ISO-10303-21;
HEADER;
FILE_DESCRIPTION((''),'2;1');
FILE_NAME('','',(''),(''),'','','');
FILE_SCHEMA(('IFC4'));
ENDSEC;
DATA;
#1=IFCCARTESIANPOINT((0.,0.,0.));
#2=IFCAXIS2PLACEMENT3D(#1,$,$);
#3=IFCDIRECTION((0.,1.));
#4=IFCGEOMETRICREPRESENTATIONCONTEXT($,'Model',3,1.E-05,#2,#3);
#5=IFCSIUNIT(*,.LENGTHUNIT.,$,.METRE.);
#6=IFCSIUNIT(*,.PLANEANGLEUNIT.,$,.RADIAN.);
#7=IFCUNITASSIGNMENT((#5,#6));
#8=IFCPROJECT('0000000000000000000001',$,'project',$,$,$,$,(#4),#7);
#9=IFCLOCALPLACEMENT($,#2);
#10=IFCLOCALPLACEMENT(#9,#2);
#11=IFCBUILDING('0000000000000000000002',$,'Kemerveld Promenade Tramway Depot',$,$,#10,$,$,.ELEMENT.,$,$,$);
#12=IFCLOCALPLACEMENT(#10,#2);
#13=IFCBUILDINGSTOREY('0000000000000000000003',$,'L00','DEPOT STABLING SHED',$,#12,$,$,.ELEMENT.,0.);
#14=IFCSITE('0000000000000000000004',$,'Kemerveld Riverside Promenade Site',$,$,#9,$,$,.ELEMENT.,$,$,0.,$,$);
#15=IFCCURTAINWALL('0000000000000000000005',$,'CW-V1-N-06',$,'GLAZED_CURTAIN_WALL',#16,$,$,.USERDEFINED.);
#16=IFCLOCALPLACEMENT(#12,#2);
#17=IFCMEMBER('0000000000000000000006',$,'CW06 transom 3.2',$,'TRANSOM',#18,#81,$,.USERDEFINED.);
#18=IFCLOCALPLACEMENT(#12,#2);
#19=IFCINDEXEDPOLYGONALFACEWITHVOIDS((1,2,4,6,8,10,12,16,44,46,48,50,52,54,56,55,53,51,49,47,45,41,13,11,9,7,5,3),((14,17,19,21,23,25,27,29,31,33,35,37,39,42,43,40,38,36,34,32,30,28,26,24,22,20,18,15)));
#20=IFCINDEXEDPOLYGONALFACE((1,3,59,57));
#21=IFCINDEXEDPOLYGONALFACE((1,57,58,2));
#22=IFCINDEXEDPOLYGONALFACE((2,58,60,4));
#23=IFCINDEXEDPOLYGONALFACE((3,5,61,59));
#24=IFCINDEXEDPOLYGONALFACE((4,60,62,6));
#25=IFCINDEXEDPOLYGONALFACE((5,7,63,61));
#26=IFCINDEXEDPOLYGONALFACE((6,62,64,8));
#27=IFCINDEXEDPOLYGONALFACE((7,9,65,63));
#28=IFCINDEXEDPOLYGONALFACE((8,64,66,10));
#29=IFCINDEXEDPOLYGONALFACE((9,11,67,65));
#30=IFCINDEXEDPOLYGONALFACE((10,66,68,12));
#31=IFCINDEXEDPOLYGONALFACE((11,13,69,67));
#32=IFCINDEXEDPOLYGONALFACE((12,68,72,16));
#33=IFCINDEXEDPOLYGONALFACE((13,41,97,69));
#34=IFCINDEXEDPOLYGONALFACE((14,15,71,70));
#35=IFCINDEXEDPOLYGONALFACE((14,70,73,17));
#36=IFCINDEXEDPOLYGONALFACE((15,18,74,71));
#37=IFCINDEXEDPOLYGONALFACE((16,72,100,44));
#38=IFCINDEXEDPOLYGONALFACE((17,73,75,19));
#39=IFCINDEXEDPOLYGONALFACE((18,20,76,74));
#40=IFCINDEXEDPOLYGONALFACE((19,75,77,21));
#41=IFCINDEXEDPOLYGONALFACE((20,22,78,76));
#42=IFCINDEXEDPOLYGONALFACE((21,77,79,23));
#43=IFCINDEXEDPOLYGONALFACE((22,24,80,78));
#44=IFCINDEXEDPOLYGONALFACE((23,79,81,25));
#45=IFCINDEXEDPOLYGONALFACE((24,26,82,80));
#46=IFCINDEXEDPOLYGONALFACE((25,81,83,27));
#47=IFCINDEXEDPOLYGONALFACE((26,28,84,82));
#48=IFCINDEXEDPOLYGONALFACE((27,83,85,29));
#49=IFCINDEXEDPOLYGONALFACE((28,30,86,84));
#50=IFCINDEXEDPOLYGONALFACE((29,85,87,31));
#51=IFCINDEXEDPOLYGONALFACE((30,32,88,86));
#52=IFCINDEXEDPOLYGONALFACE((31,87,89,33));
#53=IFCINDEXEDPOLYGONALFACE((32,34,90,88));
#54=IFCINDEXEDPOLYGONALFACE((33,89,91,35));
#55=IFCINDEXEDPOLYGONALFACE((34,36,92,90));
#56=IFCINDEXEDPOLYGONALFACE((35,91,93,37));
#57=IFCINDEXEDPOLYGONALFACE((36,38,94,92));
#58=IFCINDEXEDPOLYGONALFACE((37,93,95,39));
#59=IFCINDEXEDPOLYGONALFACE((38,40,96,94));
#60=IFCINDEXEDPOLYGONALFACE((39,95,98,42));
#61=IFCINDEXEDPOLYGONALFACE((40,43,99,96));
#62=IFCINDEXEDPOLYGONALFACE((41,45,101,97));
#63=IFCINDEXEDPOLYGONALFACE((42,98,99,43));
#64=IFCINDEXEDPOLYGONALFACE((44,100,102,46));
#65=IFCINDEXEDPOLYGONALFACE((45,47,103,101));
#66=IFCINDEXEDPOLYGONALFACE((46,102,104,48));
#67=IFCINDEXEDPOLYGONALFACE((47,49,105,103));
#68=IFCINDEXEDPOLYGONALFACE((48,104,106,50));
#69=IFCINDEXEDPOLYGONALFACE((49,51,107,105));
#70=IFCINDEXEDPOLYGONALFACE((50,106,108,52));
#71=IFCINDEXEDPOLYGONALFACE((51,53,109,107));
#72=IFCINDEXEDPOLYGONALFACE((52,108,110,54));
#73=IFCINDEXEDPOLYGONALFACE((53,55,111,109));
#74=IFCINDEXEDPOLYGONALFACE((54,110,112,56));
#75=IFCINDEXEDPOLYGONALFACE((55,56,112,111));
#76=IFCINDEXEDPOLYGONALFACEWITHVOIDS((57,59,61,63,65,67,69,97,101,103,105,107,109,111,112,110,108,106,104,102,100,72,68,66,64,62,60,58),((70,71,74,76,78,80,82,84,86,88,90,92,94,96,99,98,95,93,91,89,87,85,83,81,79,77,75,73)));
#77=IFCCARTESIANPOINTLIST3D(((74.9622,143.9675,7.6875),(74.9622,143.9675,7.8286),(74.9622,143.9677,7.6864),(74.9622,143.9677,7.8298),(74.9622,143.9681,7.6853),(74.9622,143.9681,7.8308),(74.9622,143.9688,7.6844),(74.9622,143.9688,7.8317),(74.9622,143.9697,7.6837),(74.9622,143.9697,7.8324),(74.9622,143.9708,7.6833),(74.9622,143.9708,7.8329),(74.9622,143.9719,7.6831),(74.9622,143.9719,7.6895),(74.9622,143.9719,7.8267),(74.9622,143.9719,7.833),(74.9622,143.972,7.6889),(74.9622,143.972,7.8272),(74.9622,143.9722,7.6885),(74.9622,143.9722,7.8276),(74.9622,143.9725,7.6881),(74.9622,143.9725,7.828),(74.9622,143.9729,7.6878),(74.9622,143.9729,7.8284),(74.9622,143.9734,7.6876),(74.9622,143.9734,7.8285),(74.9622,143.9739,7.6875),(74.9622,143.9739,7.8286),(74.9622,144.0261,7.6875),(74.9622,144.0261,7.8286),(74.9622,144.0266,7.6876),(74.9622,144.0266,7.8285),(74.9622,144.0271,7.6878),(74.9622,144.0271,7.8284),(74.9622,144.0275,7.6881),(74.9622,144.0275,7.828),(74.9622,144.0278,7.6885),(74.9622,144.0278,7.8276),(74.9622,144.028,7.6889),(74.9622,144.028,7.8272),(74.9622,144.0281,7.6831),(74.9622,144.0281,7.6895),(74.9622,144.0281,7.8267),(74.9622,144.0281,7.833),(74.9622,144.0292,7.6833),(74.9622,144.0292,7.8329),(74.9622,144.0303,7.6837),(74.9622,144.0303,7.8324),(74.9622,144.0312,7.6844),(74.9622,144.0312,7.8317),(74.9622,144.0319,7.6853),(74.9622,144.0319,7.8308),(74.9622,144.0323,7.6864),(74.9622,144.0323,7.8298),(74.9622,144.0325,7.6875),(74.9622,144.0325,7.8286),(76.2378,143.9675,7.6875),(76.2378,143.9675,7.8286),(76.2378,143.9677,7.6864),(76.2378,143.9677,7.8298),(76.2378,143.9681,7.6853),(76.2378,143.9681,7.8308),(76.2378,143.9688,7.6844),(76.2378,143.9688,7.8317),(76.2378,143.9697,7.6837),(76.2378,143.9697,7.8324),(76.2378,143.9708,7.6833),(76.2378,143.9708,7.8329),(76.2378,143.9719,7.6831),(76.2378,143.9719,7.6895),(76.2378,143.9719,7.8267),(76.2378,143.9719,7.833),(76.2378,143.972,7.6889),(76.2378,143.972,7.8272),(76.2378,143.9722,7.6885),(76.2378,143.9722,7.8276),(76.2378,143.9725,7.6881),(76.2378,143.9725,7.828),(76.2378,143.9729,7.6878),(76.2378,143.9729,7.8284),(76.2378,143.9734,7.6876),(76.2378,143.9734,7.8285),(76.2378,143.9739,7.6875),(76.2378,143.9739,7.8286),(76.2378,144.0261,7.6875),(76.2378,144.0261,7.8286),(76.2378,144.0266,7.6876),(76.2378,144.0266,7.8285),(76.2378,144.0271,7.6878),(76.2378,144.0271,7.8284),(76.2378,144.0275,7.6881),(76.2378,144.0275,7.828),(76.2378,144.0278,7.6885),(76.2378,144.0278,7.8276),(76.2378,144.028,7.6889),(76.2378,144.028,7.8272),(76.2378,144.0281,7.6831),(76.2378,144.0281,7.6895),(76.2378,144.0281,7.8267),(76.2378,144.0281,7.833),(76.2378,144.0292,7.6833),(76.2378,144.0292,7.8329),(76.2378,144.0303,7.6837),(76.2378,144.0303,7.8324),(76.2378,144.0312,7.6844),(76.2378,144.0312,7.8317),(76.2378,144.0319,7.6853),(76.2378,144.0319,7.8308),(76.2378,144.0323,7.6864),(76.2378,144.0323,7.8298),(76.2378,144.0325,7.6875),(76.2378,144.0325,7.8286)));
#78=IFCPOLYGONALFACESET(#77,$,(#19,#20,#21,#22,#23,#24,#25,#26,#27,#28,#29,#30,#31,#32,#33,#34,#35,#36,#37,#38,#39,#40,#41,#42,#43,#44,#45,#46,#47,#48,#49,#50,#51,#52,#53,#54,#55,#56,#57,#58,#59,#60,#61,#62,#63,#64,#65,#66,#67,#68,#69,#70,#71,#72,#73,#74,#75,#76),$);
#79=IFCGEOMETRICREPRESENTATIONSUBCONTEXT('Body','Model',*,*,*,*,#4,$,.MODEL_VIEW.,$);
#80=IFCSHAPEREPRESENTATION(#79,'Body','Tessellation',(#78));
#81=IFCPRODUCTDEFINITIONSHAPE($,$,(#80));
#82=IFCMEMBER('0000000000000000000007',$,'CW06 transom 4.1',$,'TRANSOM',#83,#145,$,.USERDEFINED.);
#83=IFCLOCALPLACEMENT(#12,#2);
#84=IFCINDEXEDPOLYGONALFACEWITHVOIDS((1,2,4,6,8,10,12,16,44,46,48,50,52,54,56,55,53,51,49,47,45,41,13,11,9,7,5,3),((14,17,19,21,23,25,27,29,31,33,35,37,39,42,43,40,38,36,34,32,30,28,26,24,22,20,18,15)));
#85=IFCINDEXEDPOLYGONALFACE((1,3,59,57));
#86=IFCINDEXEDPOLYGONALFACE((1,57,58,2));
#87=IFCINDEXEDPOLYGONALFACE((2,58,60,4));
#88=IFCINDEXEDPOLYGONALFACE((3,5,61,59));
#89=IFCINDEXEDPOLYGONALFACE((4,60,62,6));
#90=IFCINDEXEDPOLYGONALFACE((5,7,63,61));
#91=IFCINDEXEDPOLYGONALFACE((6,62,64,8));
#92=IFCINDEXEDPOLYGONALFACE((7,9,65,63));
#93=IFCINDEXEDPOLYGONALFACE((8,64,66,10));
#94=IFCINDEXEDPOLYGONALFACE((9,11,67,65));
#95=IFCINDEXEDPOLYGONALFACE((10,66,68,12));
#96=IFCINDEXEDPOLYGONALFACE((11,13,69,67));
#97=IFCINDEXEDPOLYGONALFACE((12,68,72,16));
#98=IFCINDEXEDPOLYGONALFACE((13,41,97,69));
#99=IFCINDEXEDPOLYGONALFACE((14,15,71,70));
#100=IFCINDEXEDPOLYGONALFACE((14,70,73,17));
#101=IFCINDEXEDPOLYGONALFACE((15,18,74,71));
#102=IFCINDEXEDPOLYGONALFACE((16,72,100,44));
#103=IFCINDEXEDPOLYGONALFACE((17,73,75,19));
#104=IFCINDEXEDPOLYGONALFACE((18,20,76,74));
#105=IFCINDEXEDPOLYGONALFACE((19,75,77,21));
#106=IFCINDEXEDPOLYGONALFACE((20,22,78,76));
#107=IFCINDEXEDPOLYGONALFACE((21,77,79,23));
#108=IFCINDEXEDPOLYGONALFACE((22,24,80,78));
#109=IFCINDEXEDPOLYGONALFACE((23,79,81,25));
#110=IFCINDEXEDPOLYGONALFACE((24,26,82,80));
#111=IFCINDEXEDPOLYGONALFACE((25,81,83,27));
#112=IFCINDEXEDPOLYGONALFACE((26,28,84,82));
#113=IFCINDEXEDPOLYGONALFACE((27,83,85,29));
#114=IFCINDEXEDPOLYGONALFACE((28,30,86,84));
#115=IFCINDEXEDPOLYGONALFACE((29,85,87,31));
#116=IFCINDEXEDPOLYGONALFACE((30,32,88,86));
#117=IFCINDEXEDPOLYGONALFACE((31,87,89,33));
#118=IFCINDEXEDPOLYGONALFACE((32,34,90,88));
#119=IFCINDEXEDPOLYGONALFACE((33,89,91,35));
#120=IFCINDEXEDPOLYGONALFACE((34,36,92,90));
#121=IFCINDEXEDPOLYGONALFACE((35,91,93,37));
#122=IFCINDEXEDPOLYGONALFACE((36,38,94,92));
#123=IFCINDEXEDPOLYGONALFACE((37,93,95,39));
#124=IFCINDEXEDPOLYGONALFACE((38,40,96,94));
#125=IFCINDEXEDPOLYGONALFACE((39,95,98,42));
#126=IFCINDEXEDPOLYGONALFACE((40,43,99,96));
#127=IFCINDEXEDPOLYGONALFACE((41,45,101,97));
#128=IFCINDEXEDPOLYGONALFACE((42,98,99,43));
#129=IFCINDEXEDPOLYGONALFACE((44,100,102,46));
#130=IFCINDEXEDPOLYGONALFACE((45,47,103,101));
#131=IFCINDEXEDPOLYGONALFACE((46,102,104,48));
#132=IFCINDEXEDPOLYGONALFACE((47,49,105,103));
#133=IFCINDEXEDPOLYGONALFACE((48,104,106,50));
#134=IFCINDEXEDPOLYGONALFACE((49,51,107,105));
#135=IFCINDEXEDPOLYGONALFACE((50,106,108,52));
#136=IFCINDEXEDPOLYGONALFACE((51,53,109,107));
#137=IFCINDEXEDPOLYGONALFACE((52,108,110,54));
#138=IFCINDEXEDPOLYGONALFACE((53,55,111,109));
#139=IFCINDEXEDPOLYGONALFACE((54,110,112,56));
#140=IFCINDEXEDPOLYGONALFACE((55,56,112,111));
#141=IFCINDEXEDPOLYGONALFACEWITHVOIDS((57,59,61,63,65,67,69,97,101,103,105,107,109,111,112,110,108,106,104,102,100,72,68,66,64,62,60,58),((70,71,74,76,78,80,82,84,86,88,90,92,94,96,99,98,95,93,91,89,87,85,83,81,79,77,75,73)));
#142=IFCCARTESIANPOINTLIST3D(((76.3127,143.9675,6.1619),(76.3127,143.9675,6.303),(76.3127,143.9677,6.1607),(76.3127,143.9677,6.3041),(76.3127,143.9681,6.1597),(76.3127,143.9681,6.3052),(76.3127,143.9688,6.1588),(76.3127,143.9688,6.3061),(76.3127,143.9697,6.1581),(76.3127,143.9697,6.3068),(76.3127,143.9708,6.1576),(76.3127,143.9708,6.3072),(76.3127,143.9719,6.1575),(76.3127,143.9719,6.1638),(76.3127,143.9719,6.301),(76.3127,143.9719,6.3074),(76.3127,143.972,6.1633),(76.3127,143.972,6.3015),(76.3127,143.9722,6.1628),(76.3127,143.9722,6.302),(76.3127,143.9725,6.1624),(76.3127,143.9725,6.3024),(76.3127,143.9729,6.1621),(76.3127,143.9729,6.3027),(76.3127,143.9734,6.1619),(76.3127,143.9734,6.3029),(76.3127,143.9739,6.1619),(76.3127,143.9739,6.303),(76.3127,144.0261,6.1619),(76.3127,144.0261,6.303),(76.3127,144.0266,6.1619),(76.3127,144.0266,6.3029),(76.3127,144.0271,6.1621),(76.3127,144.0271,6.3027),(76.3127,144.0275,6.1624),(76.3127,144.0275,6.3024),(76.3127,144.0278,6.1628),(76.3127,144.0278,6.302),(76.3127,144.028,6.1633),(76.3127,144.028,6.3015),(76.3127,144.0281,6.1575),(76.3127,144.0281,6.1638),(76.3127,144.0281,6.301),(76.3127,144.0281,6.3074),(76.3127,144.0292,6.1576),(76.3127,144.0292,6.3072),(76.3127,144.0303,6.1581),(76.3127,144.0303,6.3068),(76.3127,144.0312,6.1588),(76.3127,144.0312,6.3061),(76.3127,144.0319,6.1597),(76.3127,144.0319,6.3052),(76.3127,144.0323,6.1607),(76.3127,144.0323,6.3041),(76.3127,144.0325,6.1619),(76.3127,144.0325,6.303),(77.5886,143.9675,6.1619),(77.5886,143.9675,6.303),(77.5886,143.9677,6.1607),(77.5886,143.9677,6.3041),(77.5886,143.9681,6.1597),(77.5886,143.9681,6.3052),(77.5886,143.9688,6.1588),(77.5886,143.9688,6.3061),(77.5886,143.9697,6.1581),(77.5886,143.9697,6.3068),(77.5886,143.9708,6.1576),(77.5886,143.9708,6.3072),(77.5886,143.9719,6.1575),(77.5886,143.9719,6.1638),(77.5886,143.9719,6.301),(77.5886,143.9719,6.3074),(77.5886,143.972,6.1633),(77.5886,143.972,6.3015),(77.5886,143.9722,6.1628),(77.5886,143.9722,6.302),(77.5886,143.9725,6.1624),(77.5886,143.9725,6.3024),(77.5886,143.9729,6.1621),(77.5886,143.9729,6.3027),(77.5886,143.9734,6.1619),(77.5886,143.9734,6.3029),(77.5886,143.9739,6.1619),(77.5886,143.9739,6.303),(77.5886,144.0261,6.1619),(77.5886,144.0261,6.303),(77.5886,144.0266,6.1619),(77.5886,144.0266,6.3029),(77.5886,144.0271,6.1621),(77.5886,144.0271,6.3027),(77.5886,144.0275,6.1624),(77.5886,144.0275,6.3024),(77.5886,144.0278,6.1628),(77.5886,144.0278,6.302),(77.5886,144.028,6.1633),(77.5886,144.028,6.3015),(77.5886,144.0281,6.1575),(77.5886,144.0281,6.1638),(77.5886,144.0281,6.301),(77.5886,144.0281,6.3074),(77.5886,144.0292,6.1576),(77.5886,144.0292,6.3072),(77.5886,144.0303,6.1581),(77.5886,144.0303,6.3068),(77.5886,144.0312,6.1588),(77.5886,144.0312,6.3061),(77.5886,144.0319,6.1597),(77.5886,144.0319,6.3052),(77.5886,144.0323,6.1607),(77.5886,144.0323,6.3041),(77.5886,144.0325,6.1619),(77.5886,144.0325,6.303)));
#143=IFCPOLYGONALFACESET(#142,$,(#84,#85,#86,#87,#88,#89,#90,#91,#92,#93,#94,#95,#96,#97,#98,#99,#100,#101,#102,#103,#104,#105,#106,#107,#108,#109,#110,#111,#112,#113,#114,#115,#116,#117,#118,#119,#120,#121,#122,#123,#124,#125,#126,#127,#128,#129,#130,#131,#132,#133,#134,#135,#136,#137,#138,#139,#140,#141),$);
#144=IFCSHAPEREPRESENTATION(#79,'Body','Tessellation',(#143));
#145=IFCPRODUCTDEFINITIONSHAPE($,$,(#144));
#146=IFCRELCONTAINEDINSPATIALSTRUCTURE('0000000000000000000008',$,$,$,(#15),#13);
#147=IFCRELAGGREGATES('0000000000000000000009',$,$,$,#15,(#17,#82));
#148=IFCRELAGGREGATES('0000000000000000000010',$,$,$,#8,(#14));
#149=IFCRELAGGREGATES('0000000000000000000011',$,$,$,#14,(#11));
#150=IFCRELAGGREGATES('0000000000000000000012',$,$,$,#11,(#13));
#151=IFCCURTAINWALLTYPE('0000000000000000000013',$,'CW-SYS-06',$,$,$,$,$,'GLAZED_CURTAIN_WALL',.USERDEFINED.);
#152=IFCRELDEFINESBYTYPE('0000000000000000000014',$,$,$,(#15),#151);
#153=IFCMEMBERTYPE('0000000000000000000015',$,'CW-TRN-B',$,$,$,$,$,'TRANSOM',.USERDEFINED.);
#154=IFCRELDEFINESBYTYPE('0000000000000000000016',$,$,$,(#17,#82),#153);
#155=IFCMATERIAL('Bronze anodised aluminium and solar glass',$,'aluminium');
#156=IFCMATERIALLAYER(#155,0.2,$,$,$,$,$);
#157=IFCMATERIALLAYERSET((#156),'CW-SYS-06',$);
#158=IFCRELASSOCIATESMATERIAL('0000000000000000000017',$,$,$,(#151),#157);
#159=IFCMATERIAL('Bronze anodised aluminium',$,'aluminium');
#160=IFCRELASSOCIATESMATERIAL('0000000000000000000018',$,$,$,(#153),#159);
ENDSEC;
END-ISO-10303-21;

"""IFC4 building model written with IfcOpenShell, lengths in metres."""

from ifc_helpers import new_model, si_unit, direction, frame, origin, origin_2d, place, context, subcontext, project, spatial, hollow_rectangle, extrude, material, layer, layer_set, material_profile, profile_set, type_object, element, aggregate, save


model = new_model("IFC4")

# Units and contexts
model_context = context("Model", 3, precision=1e-05, world=origin(), true_north=direction((0.0, 1.0)))
body_context = subcontext(model_context, "Body", "Model", "MODEL_VIEW")
ifc_project = project(units=[si_unit("LENGTHUNIT", "METRE"), si_unit("PLANEANGLEUNIT", "RADIAN")], contexts=[model_context])

# Site, building, storey
site_placement = place(None, origin())
site = spatial("IfcSite", under=ifc_project, at=site_placement, Name="Kemerveld Riverside Promenade Site", CompositionType="ELEMENT", RefElevation=0.0)
building_placement = place(site_placement, origin())
building = spatial("IfcBuilding", under=site, at=building_placement, Name="Kemerveld Promenade Tramway Depot", CompositionType="ELEMENT")
storey_placement = place(building_placement, origin())
storey = spatial("IfcBuildingStorey", under=building, at=storey_placement, Name="L00", Description="DEPOT STABLING SHED", CompositionType="ELEMENT", Elevation=0.0)

# Curtain wall
ifc_material_1 = material(Name="Bronze anodised aluminium and solar glass", Category="aluminium")
ifc_material_2 = material(Name="Bronze anodised aluminium", Category="aluminium")
ifc_layer_1 = layer(ifc_material_1, 0.2)
ifc_layer_set_1 = layer_set([ifc_layer_1], Name="CW-SYS-06")
curtain_wall_type_1 = type_object("IfcCurtainWallType", Name="CW-SYS-06", ElementType="GLAZED_CURTAIN_WALL", PredefinedType="USERDEFINED", material=ifc_layer_set_1)
curtain_wall_1_placement = place(storey_placement, origin())
curtain_wall_1 = element("IfcCurtainWall", 1, at=curtain_wall_1_placement, inside=storey, type_object=curtain_wall_type_1, Name="CW-V1-N-06", ObjectType="GLAZED_CURTAIN_WALL", PredefinedType="USERDEFINED")

# Members
ifc_material_profile_1 = material_profile(ifc_material_2, hollow_rectangle(XDim=0.0649, YDim=0.1499, WallThickness=0.0044, InnerFilletRadius=0.002, OuterFilletRadius=0.0044, at=origin_2d()), Name="CW-TRN-150x65")
ifc_profile_set_1 = profile_set([ifc_material_profile_1], Name="Bronze anodised aluminium")
member_type_1 = type_object("IfcMemberType", Name="CW-TRN-B", ElementType="TRANSOM", PredefinedType="USERDEFINED", material=ifc_profile_set_1)
member_1_placement = place(storey_placement, frame((74.9622, 144.0, 7.7581), z_axis=(1.0, 0.0, 0.0), x_axis=(0.0, 1.0, 0.0)))
member_1 = element("IfcMember", 2, at=member_1_placement, type_object=member_type_1, Name="CW06 transom 3.2", ObjectType="TRANSOM", PredefinedType="USERDEFINED", context=body_context, shape_type="SweptSolid", body=[
    extrude(hollow_rectangle(XDim=0.0649, YDim=0.1499, WallThickness=0.0044, InnerFilletRadius=0.002, OuterFilletRadius=0.0044, at=origin_2d()), origin(), (0.0, 0.0, 1.0), 1.2756),
])
member_2_placement = place(storey_placement, frame((76.3127, 144.0, 6.2324), z_axis=(1.0, 0.0, 0.0), x_axis=(0.0, 1.0, 0.0)))
member_2 = element("IfcMember", 3, at=member_2_placement, type_object=member_type_1, Name="CW06 transom 4.1", ObjectType="TRANSOM", PredefinedType="USERDEFINED", context=body_context, shape_type="SweptSolid", body=[
    extrude(hollow_rectangle(XDim=0.0649, YDim=0.1499, WallThickness=0.0044, InnerFilletRadius=0.002, OuterFilletRadius=0.0044, at=origin_2d()), origin(), (0.0, 0.0, 1.0), 1.2759),
])

aggregate(curtain_wall_1, [member_1, member_2])

save(model, "model.ifc")
